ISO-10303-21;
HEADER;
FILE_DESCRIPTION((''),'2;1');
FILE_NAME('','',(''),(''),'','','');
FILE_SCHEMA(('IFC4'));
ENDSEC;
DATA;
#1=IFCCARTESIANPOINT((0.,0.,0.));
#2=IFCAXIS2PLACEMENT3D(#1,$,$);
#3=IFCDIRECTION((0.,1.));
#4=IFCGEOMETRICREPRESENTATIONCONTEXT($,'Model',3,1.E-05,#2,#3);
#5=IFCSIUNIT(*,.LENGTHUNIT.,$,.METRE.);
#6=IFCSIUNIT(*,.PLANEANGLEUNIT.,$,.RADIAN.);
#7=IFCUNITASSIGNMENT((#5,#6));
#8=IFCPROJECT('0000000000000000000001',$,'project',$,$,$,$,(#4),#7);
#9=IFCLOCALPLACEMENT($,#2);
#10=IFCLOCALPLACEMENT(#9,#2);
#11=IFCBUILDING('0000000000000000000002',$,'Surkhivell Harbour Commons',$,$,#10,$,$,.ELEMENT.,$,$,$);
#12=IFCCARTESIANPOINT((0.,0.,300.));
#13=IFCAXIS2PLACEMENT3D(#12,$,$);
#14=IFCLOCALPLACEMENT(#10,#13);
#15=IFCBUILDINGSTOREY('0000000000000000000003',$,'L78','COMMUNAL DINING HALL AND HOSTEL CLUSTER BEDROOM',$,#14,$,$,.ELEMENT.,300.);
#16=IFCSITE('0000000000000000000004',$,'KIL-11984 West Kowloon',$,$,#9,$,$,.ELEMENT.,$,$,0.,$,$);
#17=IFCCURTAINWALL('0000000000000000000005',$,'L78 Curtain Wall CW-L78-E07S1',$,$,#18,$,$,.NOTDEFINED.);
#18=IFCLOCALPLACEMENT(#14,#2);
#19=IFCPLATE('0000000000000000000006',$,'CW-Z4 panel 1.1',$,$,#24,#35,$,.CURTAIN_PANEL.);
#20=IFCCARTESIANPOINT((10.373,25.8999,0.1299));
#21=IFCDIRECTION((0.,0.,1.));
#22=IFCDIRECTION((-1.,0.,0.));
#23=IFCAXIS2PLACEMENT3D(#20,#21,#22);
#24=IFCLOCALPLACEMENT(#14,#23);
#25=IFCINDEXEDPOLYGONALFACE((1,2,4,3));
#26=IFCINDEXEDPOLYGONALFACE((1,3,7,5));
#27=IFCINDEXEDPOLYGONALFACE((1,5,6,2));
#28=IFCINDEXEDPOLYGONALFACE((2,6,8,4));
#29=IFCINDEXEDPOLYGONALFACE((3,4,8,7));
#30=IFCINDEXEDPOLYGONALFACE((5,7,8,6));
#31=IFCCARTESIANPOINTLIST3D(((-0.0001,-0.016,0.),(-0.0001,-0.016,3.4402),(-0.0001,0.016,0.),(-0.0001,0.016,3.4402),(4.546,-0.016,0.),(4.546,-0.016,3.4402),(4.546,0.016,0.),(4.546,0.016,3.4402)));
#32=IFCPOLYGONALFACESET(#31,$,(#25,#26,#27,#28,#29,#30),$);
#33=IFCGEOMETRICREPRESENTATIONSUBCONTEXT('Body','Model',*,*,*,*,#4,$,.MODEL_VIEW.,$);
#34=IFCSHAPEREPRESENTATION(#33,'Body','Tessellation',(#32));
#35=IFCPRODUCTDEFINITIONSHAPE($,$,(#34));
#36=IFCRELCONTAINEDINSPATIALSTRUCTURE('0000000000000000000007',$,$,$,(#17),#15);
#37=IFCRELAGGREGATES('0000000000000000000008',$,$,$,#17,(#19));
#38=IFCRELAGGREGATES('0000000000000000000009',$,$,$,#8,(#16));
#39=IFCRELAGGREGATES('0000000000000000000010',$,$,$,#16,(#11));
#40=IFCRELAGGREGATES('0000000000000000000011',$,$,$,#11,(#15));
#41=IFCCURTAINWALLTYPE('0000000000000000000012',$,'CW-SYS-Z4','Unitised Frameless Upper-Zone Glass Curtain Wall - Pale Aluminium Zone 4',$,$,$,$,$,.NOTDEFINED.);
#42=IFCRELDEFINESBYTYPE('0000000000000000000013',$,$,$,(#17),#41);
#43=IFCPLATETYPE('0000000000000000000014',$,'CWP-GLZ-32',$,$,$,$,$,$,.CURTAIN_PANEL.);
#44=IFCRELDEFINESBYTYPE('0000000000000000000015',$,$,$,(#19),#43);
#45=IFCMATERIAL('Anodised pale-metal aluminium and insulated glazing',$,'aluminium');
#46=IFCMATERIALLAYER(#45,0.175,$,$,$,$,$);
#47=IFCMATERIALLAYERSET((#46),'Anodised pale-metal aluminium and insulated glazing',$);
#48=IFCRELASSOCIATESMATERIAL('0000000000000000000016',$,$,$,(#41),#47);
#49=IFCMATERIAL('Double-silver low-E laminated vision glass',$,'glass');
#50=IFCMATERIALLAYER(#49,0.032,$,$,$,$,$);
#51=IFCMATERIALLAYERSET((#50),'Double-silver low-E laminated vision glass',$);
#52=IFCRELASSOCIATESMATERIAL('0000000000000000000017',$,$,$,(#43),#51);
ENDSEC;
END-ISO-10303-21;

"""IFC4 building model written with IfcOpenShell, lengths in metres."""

from ifc_helpers import new_model, si_unit, direction, frame, frame_2d, origin, place, context, subcontext, project, spatial, rectangle, extrude, material, layer, layer_set, type_object, element, aggregate, save


model = new_model("IFC4")

# Units and contexts
model_context = context("Model", 3, precision=1e-05, world=origin(), true_north=direction((0.0, 1.0)))
body_context = subcontext(model_context, "Body", "Model", "MODEL_VIEW")
ifc_project = project(units=[si_unit("LENGTHUNIT", "METRE"), si_unit("PLANEANGLEUNIT", "RADIAN")], contexts=[model_context])

# Site, building, storey
site_placement = place(None, origin())
site = spatial("IfcSite", under=ifc_project, at=site_placement, Name="KIL-11984 West Kowloon", CompositionType="ELEMENT", RefElevation=0.0)
building_placement = place(site_placement, origin())
building = spatial("IfcBuilding", under=site, at=building_placement, Name="Surkhivell Harbour Commons", CompositionType="ELEMENT")
storey_placement = place(building_placement, frame((0.0, 0.0, 300.0)))
storey = spatial("IfcBuildingStorey", under=building, at=storey_placement, Name="L78", Description="COMMUNAL DINING HALL AND HOSTEL CLUSTER BEDROOM", CompositionType="ELEMENT", Elevation=300.0)

# Curtain wall
ifc_material_1 = material(Name="Anodised pale-metal aluminium and insulated glazing", Category="aluminium")
ifc_layer_1 = layer(ifc_material_1, 0.175)
ifc_layer_set_1 = layer_set([ifc_layer_1], Name="Anodised pale-metal aluminium and insulated glazing")
curtain_wall_type = type_object("IfcCurtainWallType", Name="CW-SYS-Z4", Description="Unitised Frameless Upper-Zone Glass Curtain Wall - Pale Aluminium Zone 4", PredefinedType="NOTDEFINED", material=ifc_layer_set_1)
curtain_wall_1_placement = place(storey_placement, origin())
curtain_wall_1 = element("IfcCurtainWall", 1, at=curtain_wall_1_placement, inside=storey, type_object=curtain_wall_type, Name="L78 Curtain Wall CW-L78-E07S1", PredefinedType="NOTDEFINED")

# Plate
ifc_material_2 = material(Name="Double-silver low-E laminated vision glass", Category="glass")
ifc_layer_2 = layer(ifc_material_2, 0.032)
ifc_layer_set_2 = layer_set([ifc_layer_2], Name="Double-silver low-E laminated vision glass")
plate_type = type_object("IfcPlateType", Name="CWP-GLZ-32", PredefinedType="CURTAIN_PANEL", material=ifc_layer_set_2)
plate_1_placement = place(storey_placement, frame((10.373, 25.8999, 0.1299), z_axis=(0.0, 0.0, 1.0), x_axis=(-1.0, 0.0, 0.0)))
plate_1 = element("IfcPlate", 2, at=plate_1_placement, type_object=plate_type, Name="CW-Z4 panel 1.1", PredefinedType="CURTAIN_PANEL", context=body_context, shape_type="SweptSolid", body=[
    extrude(rectangle(XDim=4.5461, YDim=0.032, at=frame_2d((2.2729, 0.0))), origin(), (0.0, 0.0, 1.0), 3.4402),
])
aggregate(curtain_wall_1, [plate_1])

save(model, "model.ifc")
